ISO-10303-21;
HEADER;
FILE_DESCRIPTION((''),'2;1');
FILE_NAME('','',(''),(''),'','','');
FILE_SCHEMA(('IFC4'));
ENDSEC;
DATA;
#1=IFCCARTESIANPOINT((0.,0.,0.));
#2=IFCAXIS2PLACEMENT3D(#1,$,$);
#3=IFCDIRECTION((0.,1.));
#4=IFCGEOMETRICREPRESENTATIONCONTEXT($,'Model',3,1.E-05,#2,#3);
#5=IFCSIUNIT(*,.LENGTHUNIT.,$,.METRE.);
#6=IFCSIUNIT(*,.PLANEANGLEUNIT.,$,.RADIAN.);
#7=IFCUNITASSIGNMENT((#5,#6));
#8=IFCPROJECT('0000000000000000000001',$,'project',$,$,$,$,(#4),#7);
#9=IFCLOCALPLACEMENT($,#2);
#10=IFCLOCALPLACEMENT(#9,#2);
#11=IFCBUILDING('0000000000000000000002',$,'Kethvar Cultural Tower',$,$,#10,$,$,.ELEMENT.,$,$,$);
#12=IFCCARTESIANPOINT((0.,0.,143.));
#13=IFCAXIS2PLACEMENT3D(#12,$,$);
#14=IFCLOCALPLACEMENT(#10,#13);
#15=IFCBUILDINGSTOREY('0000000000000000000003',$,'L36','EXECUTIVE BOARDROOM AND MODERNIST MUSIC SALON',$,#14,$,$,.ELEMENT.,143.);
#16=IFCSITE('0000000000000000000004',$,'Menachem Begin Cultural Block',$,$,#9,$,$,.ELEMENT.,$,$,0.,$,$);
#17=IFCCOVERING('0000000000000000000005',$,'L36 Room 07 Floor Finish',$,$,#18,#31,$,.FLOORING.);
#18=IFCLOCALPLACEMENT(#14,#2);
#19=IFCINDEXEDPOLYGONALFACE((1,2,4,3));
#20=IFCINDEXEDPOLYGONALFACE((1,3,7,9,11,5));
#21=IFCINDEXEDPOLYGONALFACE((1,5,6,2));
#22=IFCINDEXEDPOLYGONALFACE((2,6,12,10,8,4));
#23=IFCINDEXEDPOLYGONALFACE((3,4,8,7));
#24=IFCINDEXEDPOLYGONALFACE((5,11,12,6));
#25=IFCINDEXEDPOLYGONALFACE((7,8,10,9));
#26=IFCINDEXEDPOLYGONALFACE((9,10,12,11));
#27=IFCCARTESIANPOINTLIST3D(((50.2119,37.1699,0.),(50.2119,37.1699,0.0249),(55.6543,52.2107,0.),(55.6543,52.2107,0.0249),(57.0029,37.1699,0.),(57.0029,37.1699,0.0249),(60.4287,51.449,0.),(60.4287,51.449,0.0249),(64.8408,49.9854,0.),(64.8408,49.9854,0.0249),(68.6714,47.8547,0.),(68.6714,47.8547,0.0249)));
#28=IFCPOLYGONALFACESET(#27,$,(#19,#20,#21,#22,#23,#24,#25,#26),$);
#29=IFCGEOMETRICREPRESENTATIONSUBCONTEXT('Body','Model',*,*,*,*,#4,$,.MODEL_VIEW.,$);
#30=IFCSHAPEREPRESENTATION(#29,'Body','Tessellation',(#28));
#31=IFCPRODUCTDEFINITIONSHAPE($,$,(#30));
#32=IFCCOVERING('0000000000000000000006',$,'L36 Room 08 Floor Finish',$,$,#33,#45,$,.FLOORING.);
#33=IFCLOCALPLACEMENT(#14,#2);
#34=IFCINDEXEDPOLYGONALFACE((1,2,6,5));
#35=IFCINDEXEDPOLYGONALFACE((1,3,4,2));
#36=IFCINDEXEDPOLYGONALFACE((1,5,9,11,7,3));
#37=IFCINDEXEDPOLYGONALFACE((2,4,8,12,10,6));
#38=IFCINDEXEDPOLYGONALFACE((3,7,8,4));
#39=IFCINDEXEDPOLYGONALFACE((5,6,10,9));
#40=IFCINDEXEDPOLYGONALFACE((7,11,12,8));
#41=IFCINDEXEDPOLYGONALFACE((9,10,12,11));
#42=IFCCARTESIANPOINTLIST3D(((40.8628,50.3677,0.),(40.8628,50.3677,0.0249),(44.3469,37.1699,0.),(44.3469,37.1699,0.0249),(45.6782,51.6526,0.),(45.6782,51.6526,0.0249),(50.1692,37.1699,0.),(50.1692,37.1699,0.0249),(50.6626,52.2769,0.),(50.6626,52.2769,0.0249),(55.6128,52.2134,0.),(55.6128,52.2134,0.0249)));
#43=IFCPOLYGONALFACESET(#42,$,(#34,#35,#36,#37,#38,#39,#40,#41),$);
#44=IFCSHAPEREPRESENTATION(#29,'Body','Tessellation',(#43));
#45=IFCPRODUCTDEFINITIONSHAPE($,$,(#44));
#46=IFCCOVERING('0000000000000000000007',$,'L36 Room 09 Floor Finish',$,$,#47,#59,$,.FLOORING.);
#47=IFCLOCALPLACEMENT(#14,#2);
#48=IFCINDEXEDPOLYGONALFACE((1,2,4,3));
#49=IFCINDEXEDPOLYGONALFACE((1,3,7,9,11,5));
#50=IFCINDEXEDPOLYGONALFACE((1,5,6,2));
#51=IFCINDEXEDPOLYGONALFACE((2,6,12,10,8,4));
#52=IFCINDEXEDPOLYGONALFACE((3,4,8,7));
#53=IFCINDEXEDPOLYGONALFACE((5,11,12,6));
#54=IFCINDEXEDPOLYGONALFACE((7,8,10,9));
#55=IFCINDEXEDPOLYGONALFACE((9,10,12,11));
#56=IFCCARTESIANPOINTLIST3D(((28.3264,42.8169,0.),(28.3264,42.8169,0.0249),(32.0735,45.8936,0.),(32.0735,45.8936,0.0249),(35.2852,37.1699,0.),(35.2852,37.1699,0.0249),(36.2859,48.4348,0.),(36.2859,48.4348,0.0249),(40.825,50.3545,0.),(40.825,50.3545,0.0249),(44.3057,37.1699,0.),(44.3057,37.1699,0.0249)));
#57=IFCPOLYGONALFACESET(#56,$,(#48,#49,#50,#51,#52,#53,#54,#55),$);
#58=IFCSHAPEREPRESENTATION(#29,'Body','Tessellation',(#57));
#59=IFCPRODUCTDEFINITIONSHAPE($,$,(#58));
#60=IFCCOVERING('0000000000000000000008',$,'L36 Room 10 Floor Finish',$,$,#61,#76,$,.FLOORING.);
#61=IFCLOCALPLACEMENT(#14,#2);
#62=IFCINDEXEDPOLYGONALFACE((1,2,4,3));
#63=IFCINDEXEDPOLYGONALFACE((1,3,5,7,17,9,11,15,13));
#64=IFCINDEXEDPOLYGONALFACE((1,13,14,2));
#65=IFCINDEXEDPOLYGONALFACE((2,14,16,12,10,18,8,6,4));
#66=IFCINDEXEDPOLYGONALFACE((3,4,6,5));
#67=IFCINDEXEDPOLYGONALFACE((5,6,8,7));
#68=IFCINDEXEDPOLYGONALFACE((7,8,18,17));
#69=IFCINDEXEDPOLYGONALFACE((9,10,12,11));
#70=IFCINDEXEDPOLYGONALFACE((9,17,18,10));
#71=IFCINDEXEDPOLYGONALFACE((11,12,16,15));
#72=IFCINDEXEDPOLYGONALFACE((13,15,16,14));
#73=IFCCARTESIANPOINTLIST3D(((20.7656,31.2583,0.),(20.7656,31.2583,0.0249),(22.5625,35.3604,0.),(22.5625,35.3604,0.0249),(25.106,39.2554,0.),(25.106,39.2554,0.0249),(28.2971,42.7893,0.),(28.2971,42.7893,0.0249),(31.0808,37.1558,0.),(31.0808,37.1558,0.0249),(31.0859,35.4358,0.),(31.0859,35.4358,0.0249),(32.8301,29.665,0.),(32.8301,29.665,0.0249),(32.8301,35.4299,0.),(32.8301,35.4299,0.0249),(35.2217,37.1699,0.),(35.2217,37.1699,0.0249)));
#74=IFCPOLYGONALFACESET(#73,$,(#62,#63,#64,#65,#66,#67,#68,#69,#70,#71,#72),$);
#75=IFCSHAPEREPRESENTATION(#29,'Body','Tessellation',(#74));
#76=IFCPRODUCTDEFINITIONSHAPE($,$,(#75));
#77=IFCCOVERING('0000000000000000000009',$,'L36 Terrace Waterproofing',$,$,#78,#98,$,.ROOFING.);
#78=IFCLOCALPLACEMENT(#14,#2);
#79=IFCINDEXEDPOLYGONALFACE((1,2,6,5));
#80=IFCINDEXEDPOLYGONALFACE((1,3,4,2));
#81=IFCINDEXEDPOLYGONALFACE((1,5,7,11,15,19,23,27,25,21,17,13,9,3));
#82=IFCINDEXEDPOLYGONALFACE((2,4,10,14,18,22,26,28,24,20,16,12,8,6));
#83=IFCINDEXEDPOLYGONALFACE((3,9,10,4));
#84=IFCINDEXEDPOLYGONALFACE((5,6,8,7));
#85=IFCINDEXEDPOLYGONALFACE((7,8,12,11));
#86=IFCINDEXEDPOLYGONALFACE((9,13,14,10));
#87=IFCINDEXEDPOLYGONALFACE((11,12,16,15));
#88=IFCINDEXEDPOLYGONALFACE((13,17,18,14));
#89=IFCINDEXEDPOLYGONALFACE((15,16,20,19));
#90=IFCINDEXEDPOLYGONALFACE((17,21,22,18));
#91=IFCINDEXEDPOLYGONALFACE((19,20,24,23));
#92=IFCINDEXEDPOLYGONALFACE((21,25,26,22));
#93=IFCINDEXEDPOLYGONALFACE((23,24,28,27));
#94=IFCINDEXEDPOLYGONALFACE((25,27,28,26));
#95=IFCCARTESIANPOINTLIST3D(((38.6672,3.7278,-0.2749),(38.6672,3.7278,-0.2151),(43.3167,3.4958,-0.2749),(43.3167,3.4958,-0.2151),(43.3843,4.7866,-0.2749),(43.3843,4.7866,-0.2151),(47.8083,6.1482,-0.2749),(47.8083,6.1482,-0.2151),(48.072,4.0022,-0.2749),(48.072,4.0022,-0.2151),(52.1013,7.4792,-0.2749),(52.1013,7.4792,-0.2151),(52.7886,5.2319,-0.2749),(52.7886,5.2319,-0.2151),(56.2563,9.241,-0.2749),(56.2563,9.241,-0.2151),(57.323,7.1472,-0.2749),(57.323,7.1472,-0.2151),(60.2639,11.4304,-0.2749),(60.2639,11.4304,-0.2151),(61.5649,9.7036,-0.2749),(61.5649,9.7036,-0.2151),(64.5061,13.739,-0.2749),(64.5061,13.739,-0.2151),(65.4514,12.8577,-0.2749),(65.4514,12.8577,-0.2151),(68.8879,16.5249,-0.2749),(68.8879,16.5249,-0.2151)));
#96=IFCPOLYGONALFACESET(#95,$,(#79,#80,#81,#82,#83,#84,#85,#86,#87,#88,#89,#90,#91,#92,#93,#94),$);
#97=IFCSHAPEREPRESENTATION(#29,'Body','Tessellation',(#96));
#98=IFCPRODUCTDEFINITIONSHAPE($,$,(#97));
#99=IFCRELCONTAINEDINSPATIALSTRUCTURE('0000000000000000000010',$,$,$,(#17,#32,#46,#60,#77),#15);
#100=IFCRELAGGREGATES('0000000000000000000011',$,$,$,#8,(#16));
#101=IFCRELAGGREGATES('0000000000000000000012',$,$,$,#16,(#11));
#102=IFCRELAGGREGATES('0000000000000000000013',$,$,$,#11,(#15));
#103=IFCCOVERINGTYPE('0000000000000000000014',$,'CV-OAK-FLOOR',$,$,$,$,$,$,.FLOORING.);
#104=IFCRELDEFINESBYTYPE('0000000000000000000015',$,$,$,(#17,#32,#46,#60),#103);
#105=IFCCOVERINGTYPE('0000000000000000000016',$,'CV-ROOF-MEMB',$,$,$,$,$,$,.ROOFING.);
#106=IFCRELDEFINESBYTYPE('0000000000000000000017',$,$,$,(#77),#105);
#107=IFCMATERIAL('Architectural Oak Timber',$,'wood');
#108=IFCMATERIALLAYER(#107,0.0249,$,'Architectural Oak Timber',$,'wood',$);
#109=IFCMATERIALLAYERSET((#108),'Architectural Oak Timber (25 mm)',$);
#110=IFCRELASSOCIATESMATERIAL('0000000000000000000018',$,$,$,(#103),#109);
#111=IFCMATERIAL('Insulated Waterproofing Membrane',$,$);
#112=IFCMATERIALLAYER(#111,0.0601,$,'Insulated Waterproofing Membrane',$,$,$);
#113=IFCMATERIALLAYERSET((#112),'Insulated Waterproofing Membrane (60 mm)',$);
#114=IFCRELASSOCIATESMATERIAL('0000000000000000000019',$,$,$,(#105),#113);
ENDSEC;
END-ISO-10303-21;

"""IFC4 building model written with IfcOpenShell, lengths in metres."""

from ifc_helpers import new_model, si_unit, direction, frame, origin, place, context, subcontext, project, spatial, polyline, outline, extrude, material, layer, layer_set, type_object, element, save


model = new_model("IFC4")

# Units and contexts
model_context = context("Model", 3, precision=1e-05, world=origin(), true_north=direction((0.0, 1.0)))
body_context = subcontext(model_context, "Body", "Model", "MODEL_VIEW")
ifc_project = project(units=[si_unit("LENGTHUNIT", "METRE"), si_unit("PLANEANGLEUNIT", "RADIAN")], contexts=[model_context])

# Site, building, storey
site_placement = place(None, origin())
site = spatial("IfcSite", under=ifc_project, at=site_placement, Name="Menachem Begin Cultural Block", CompositionType="ELEMENT", RefElevation=0.0)
building_placement = place(site_placement, origin())
building = spatial("IfcBuilding", under=site, at=building_placement, Name="Kethvar Cultural Tower", CompositionType="ELEMENT")
storey_placement = place(building_placement, frame((0.0, 0.0, 143.0)))
storey = spatial("IfcBuildingStorey", under=building, at=storey_placement, Name="L36", Description="EXECUTIVE BOARDROOM AND MODERNIST MUSIC SALON", CompositionType="ELEMENT", Elevation=143.0)

# Coverings
ifc_material_1 = material(Name="Architectural Oak Timber", Category="wood")
ifc_layer_1 = layer(ifc_material_1, 0.0249, Name="Architectural Oak Timber", Category="wood")
ifc_layer_set_1 = layer_set([ifc_layer_1], Name="Architectural Oak Timber (25 mm)")
covering_type_1 = type_object("IfcCoveringType", Name="CV-OAK-FLOOR", PredefinedType="FLOORING", material=ifc_layer_set_1)
covering_1_placement = place(storey_placement, origin())
element("IfcCovering", 1, at=covering_1_placement, inside=storey, type_object=covering_type_1, Name="L36 Room 07 Floor Finish", PredefinedType="FLOORING", context=body_context, shape_type="SweptSolid", body=[
    extrude(outline(polyline([(60.4287, 51.449), (64.8408, 49.9854), (68.6714, 47.8547), (57.0029, 37.1699), (50.2119, 37.1699), (55.6543, 52.2107), (60.4287, 51.449)])), origin(), (0.0, 0.0, 1.0), 0.0249),
])
covering_2_placement = place(storey_placement, origin())
element("IfcCovering", 2, at=covering_2_placement, inside=storey, type_object=covering_type_1, Name="L36 Room 08 Floor Finish", PredefinedType="FLOORING", context=body_context, shape_type="SweptSolid", body=[
    extrude(outline(polyline([(45.6782, 51.6526), (50.6626, 52.2769), (55.6128, 52.2134), (50.1692, 37.1699), (44.3469, 37.1699), (40.8628, 50.3677), (45.6782, 51.6526)])), origin(), (0.0, 0.0, 1.0), 0.0249),
])
covering_3_placement = place(storey_placement, origin())
element("IfcCovering", 3, at=covering_3_placement, inside=storey, type_object=covering_type_1, Name="L36 Room 09 Floor Finish", PredefinedType="FLOORING", context=body_context, shape_type="SweptSolid", body=[
    extrude(outline(polyline([(32.0735, 45.8936), (36.2859, 48.4348), (40.825, 50.3545), (44.3057, 37.1699), (35.2852, 37.1699), (28.3264, 42.8169), (32.0735, 45.8936)])), origin(), (0.0, 0.0, 1.0), 0.0249),
])
covering_4_placement = place(storey_placement, origin())
element("IfcCovering", 4, at=covering_4_placement, inside=storey, type_object=covering_type_1, Name="L36 Room 10 Floor Finish", PredefinedType="FLOORING", context=body_context, shape_type="SweptSolid", body=[
    extrude(outline(polyline([(20.7656, 31.2583), (22.5625, 35.3604), (25.106, 39.2554), (28.2971, 42.7893), (35.2217, 37.1699), (31.0808, 37.1558), (31.0859, 35.4358), (32.8301, 35.4299), (32.8301, 29.665), (20.7656, 31.2583)])), origin(), (0.0, 0.0, 1.0), 0.0249),
])
ifc_material_2 = material(Name="Insulated Waterproofing Membrane")
ifc_layer_2 = layer(ifc_material_2, 0.0601, Name="Insulated Waterproofing Membrane")
ifc_layer_set_2 = layer_set([ifc_layer_2], Name="Insulated Waterproofing Membrane (60 mm)")
covering_type_2 = type_object("IfcCoveringType", Name="CV-ROOF-MEMB", PredefinedType="ROOFING", material=ifc_layer_set_2)
covering_5_placement = place(storey_placement, frame((0.0, 0.0, -0.2749)))
element("IfcCovering", 5, at=covering_5_placement, inside=storey, type_object=covering_type_2, Name="L36 Terrace Waterproofing", PredefinedType="ROOFING", context=body_context, shape_type="SweptSolid", body=[
    extrude(outline(polyline([(38.6672, 3.7278), (43.3167, 3.4958), (48.072, 4.0022), (52.7886, 5.2319), (57.323, 7.1472), (61.5649, 9.7036), (65.4514, 12.8577), (68.8879, 16.5249), (64.5061, 13.739), (60.2639, 11.4304), (56.2563, 9.241), (52.1013, 7.4792), (47.8083, 6.1482), (43.3843, 4.7866), (38.6672, 3.7278)])), origin(), (0.0, 0.0, 1.0), 0.0598),
])

save(model, "model.ifc")
